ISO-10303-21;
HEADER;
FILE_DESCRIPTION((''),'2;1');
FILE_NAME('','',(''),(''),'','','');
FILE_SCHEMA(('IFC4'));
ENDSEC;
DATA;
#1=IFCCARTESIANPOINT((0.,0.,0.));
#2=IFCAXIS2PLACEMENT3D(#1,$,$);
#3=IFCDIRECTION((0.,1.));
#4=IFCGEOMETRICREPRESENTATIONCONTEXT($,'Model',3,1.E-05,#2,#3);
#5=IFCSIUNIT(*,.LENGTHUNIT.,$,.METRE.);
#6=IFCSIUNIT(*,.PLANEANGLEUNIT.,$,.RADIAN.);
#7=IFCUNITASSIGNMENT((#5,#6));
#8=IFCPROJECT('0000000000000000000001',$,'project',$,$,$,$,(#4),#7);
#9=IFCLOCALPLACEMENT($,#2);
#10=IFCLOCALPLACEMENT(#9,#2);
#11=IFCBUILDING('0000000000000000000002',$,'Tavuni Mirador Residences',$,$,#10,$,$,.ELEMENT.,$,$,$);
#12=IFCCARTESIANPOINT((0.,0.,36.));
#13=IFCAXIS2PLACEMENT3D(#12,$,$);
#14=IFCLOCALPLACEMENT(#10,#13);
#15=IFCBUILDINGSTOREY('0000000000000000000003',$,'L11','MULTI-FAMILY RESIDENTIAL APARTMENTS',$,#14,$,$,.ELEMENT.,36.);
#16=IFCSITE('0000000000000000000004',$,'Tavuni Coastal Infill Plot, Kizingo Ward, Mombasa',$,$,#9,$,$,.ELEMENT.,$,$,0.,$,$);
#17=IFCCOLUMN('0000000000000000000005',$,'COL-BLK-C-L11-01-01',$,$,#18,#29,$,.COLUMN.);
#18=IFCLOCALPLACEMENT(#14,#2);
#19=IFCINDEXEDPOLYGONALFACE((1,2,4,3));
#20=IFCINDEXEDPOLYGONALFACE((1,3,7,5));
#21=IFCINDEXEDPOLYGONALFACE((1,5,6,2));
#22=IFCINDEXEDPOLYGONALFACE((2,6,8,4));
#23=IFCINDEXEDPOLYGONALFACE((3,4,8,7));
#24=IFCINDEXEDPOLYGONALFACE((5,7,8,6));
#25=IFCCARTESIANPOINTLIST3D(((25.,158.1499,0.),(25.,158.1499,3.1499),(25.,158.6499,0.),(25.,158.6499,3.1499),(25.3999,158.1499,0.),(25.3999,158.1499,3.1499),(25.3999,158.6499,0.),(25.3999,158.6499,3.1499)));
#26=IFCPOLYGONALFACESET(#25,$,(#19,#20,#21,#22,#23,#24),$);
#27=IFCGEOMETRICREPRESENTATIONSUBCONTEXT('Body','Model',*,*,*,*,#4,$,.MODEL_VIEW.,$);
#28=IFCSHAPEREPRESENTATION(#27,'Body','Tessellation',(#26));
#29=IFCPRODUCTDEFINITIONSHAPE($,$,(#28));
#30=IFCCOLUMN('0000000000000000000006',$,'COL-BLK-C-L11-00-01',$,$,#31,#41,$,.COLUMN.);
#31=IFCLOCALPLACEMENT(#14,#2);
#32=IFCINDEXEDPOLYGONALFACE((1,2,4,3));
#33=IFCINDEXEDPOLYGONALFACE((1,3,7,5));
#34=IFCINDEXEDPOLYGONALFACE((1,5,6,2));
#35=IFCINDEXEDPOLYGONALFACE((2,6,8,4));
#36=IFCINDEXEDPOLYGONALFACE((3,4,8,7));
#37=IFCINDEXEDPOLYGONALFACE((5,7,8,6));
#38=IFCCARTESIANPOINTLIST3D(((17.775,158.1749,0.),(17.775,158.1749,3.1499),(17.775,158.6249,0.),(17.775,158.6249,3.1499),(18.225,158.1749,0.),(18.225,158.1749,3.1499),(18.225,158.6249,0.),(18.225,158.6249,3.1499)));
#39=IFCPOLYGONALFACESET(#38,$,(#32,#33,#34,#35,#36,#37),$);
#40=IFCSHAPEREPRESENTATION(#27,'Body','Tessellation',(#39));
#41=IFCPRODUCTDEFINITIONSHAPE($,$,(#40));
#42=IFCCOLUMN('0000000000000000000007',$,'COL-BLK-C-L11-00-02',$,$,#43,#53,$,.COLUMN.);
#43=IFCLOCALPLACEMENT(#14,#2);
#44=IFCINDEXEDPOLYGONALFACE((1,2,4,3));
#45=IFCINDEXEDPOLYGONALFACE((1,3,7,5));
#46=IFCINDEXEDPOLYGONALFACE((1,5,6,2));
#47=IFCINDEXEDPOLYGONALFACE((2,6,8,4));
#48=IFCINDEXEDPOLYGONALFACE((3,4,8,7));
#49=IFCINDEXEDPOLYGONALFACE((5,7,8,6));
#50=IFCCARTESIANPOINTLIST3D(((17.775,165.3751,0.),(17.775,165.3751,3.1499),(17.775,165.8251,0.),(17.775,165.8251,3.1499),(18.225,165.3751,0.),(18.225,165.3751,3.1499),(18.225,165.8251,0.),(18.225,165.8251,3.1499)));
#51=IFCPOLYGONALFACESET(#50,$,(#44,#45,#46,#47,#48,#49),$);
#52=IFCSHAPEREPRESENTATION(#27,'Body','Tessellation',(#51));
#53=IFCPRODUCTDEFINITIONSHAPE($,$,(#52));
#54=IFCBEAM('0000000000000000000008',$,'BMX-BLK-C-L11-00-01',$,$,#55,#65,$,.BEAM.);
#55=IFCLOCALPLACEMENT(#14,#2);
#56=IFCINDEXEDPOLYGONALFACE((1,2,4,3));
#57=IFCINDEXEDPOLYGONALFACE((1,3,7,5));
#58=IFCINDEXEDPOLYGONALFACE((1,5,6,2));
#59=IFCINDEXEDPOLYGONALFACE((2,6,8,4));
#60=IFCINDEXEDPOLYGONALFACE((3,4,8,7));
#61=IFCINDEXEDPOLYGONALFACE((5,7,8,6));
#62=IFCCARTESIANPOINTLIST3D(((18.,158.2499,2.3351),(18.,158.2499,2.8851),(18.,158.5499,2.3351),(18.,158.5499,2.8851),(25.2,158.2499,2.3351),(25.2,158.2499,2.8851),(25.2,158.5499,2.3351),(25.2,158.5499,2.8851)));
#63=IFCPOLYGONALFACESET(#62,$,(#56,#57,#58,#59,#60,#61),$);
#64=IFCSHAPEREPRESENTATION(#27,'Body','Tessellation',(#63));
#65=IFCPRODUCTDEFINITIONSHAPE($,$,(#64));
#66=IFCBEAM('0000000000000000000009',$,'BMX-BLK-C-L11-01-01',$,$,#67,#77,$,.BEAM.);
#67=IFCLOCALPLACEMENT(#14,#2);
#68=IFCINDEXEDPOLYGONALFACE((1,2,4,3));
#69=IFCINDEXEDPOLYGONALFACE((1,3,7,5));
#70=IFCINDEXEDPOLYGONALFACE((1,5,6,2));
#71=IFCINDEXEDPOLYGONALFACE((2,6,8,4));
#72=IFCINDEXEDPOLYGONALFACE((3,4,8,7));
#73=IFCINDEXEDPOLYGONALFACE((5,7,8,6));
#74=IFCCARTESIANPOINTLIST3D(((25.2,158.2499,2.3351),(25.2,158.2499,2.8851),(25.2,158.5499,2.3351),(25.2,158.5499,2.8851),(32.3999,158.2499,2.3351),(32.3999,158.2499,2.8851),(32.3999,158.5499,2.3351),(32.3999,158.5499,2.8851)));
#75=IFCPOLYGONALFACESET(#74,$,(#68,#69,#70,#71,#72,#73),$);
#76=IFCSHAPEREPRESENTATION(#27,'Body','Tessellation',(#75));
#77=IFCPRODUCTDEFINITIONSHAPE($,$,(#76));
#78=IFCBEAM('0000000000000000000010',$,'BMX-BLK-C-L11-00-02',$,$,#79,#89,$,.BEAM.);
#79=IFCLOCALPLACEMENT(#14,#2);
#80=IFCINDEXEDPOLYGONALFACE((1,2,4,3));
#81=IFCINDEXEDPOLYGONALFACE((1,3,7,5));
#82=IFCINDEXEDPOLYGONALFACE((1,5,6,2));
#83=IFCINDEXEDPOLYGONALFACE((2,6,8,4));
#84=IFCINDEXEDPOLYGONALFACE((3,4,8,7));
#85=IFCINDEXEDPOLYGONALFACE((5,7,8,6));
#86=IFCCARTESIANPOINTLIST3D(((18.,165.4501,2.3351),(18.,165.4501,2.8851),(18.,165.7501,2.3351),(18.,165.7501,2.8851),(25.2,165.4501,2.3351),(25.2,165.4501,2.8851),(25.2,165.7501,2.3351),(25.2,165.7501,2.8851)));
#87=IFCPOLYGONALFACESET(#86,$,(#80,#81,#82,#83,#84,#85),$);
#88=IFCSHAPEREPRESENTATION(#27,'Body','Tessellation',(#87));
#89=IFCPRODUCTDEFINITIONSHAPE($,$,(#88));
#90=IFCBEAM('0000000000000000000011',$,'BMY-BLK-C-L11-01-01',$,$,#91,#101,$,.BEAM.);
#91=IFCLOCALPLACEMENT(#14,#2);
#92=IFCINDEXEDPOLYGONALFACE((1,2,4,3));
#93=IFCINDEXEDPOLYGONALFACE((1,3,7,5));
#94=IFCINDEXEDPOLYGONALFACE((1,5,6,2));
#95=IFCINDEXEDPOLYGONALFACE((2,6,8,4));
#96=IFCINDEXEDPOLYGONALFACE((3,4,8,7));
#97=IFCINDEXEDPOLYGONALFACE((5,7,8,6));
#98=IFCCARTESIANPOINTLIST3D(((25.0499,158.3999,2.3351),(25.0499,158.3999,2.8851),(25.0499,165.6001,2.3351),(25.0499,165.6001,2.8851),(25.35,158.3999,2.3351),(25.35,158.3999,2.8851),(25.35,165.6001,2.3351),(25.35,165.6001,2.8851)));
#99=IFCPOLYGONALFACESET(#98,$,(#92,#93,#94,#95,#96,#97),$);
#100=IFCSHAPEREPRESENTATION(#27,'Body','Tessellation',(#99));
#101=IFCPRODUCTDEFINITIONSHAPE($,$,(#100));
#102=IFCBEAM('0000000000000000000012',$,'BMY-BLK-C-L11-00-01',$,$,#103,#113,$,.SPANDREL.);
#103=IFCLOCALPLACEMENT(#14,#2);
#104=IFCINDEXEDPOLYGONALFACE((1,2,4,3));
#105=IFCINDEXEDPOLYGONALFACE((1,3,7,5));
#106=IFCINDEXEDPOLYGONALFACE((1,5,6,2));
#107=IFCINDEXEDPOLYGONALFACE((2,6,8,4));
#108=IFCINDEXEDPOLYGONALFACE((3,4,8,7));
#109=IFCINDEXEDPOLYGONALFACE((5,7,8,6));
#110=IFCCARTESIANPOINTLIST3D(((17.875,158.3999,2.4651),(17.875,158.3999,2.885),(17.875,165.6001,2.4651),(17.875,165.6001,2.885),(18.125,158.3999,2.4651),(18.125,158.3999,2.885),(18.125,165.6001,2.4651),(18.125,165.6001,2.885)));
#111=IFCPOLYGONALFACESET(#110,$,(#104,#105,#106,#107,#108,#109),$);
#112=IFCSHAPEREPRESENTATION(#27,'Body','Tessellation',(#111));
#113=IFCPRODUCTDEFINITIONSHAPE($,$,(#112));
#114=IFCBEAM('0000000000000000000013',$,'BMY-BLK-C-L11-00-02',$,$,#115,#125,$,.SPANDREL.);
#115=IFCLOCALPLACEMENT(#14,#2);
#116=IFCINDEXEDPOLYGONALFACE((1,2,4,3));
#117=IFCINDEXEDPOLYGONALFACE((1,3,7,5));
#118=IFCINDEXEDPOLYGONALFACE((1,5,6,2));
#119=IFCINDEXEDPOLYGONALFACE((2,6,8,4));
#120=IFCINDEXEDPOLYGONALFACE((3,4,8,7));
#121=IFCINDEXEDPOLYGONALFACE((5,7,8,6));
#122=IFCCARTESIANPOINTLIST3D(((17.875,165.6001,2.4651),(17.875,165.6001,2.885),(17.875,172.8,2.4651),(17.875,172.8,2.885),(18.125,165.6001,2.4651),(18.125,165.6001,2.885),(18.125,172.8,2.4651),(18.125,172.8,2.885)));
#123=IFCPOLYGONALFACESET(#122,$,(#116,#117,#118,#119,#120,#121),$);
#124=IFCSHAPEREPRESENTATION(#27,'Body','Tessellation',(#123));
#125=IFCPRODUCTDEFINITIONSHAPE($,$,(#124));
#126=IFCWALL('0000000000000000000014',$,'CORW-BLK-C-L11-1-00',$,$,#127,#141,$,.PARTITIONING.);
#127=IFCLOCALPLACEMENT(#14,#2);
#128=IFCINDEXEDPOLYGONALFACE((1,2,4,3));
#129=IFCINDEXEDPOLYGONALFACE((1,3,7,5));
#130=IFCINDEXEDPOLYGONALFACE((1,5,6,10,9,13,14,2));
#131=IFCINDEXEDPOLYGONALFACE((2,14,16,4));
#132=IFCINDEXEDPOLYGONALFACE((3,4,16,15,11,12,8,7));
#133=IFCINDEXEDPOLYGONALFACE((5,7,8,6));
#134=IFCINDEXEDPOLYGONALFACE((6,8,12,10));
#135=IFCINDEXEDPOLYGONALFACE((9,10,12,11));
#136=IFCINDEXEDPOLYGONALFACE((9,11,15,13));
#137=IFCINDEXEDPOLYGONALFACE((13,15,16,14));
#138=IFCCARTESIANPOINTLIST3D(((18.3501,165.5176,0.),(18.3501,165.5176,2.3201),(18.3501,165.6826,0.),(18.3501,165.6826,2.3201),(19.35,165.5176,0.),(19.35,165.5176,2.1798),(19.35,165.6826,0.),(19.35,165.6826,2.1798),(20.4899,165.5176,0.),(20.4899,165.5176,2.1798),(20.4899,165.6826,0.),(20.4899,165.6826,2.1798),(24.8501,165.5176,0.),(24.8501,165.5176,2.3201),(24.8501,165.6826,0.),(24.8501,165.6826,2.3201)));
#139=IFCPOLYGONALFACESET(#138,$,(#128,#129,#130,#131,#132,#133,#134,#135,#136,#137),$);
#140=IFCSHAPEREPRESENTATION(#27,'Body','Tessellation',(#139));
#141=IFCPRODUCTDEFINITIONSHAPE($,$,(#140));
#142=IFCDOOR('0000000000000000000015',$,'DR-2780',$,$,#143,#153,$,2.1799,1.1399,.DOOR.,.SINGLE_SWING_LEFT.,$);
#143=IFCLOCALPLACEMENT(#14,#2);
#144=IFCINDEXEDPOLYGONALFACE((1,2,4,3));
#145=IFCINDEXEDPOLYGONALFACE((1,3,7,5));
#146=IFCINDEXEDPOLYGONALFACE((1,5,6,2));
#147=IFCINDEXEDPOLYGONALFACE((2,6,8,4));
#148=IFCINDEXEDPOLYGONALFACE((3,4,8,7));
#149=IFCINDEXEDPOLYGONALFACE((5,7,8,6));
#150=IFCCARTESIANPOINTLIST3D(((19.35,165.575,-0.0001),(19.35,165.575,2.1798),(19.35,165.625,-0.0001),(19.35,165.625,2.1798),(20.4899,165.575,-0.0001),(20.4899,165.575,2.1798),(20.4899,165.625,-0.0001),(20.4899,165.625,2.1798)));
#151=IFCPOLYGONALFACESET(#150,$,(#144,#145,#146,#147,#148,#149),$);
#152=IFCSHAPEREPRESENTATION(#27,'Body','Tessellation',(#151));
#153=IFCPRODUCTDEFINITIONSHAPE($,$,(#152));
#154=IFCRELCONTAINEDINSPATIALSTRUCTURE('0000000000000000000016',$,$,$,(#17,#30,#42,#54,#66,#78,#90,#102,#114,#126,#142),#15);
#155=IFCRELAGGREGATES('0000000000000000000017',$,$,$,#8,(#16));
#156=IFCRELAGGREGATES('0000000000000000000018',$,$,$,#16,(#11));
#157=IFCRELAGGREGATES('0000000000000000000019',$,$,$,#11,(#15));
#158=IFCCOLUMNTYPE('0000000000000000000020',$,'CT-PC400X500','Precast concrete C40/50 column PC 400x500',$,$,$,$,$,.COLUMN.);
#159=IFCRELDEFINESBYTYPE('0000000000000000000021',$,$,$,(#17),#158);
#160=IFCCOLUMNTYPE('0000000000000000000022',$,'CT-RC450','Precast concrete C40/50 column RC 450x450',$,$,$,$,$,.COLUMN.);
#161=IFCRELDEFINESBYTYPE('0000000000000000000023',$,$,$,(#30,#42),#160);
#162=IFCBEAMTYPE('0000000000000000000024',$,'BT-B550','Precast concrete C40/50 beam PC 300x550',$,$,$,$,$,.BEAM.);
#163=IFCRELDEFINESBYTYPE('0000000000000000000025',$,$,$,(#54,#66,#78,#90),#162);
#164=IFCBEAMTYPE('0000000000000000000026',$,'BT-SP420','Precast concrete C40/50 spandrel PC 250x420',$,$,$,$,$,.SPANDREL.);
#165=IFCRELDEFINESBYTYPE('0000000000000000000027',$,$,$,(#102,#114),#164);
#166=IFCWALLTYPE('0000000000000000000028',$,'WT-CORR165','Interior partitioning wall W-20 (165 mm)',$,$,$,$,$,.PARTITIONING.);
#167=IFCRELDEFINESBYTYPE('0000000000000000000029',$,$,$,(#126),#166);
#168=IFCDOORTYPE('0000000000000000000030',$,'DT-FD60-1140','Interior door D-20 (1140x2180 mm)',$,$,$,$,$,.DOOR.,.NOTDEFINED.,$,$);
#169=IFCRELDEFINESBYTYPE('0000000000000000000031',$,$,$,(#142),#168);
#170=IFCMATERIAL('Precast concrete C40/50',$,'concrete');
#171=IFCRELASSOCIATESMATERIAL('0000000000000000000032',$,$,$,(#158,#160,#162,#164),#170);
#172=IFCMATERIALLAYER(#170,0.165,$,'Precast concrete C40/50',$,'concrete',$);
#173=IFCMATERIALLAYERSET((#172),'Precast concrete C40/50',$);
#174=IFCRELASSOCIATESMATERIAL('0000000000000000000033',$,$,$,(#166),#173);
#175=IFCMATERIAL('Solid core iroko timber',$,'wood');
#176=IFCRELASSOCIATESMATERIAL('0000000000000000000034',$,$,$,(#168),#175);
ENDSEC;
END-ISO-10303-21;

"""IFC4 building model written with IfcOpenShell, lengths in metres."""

from ifc_helpers import new_model, si_unit, direction, frame, frame_2d, origin, origin_2d, place, context, subcontext, project, spatial, rectangle, extrude, material, layer, layer_set, material_profile, profile_set, type_object, element, fill, save


model = new_model("IFC4")

# Units and contexts
model_context = context("Model", 3, precision=1e-05, world=origin(), true_north=direction((0.0, 1.0)))
body_context = subcontext(model_context, "Body", "Model", "MODEL_VIEW")
ifc_project = project(units=[si_unit("LENGTHUNIT", "METRE"), si_unit("PLANEANGLEUNIT", "RADIAN")], contexts=[model_context])

# Site, building, storey
site_placement = place(None, origin())
site = spatial("IfcSite", under=ifc_project, at=site_placement, Name="Tavuni Coastal Infill Plot, Kizingo Ward, Mombasa", CompositionType="ELEMENT", RefElevation=0.0)
building_placement = place(site_placement, origin())
building = spatial("IfcBuilding", under=site, at=building_placement, Name="Tavuni Mirador Residences", CompositionType="ELEMENT")
storey_placement = place(building_placement, frame((0.0, 0.0, 36.0)))
storey = spatial("IfcBuildingStorey", under=building, at=storey_placement, Name="L11", Description="MULTI-FAMILY RESIDENTIAL APARTMENTS", CompositionType="ELEMENT", Elevation=36.0)

# Columns
ifc_material_1 = material(Name="Precast concrete C40/50", Category="concrete")
ifc_material_profile_1 = material_profile(ifc_material_1, rectangle(XDim=0.3999, YDim=0.5, at=origin_2d()), Name="PC 400x500", Category="concrete")
ifc_profile_set_1 = profile_set([ifc_material_profile_1], Name="Precast concrete C40/50")
column_type_1 = type_object("IfcColumnType", Name="CT-PC400X500", Description="Precast concrete C40/50 column PC 400x500", PredefinedType="COLUMN", material=ifc_profile_set_1)
column_placement = place(storey_placement, frame((25.2, 158.3999, 0.0), z_axis=(0.0, 0.0, 1.0), x_axis=(1.0, 0.0, 0.0)))
element("IfcColumn", 1, at=column_placement, inside=storey, type_object=column_type_1, Name="COL-BLK-C-L11-01-01", PredefinedType="COLUMN", context=body_context, shape_type="SweptSolid", body=[
    extrude(rectangle(XDim=0.3999, YDim=0.5, at=origin_2d()), origin(), (0.0, 0.0, 1.0), 3.1499),
])
ifc_material_profile_2 = material_profile(ifc_material_1, rectangle(XDim=0.45, YDim=0.45, at=origin_2d()), Name="RC 450x450", Category="concrete")
ifc_profile_set_2 = profile_set([ifc_material_profile_2], Name="Precast concrete C40/50")
column_type_2 = type_object("IfcColumnType", Name="CT-RC450", Description="Precast concrete C40/50 column RC 450x450", PredefinedType="COLUMN", material=ifc_profile_set_2)
for number, where, z_axis, x_axis, name in (
    (2, (18.0, 158.3999, 0.0), (0.0, 0.0, 1.0), (1.0, 0.0, 0.0), "COL-BLK-C-L11-00-01"),
    (3, (18.0, 165.6001, 0.0), (0.0, 0.0, 1.0), (1.0, 0.0, 0.0), "COL-BLK-C-L11-00-02"),
):
    element("IfcColumn", number, at=place(storey_placement, frame(where, z_axis=z_axis, x_axis=x_axis)), inside=storey, type_object=column_type_2, Name=name, PredefinedType="COLUMN", context=body_context, shape_type="SweptSolid", body=[
        extrude(rectangle(XDim=0.45, YDim=0.45, at=origin_2d()), origin(), (0.0, 0.0, 1.0), 3.1499),
    ])

# Beams
ifc_material_profile_3 = material_profile(ifc_material_1, rectangle(XDim=0.3, YDim=0.55, at=origin_2d()), Name="PC 300x550", Category="concrete")
ifc_profile_set_3 = profile_set([ifc_material_profile_3], Name="Precast concrete C40/50")
beam_type_1 = type_object("IfcBeamType", Name="BT-B550", Description="Precast concrete C40/50 beam PC 300x550", PredefinedType="BEAM", material=ifc_profile_set_3)
for number, where, z_axis, x_axis, name in (
    (4, (18.0, 158.3999, 2.6101), (1.0, 0.0, 0.0), (0.0, 1.0, 0.0), "BMX-BLK-C-L11-00-01"),
    (5, (25.2, 158.3999, 2.6101), (1.0, 0.0, 0.0), (0.0, 1.0, 0.0), "BMX-BLK-C-L11-01-01"),
    (6, (18.0, 165.6001, 2.6101), (1.0, 0.0, 0.0), (0.0, 1.0, 0.0), "BMX-BLK-C-L11-00-02"),
):
    element("IfcBeam", number, at=place(storey_placement, frame(where, z_axis=z_axis, x_axis=x_axis)), inside=storey, type_object=beam_type_1, Name=name, PredefinedType="BEAM", context=body_context, shape_type="SweptSolid", body=[
        extrude(rectangle(XDim=0.3, YDim=0.55, at=origin_2d()), origin(), (0.0, 0.0, 1.0), 7.2),
    ])
beam_1_placement = place(storey_placement, frame((25.2, 158.3999, 2.6101), z_axis=(0.0, 1.0, 0.0), x_axis=(-1.0, 0.0, 0.0)))
element("IfcBeam", 7, at=beam_1_placement, inside=storey, type_object=beam_type_1, Name="BMY-BLK-C-L11-01-01", PredefinedType="BEAM", context=body_context, shape_type="SweptSolid", body=[
    extrude(rectangle(XDim=0.3, YDim=0.55, at=origin_2d()), origin(), (0.0, 0.0, 1.0), 7.2002),
])
ifc_material_profile_4 = material_profile(ifc_material_1, rectangle(XDim=0.25, YDim=0.4199, at=origin_2d()), Name="PC 250x420", Category="concrete")
ifc_profile_set_4 = profile_set([ifc_material_profile_4], Name="Precast concrete C40/50")
beam_type_2 = type_object("IfcBeamType", Name="BT-SP420", Description="Precast concrete C40/50 spandrel PC 250x420", PredefinedType="SPANDREL", material=ifc_profile_set_4)
beam_2_placement = place(storey_placement, frame((18.0, 158.3999, 2.675), z_axis=(0.0, 1.0, 0.0), x_axis=(-1.0, 0.0, 0.0)))
element("IfcBeam", 8, at=beam_2_placement, inside=storey, type_object=beam_type_2, Name="BMY-BLK-C-L11-00-01", PredefinedType="SPANDREL", context=body_context, shape_type="SweptSolid", body=[
    extrude(rectangle(XDim=0.25, YDim=0.4199, at=origin_2d()), origin(), (0.0, 0.0, 1.0), 7.2002),
])
beam_3_placement = place(storey_placement, frame((18.0, 165.6001, 2.675), z_axis=(0.0, 1.0, 0.0), x_axis=(-1.0, 0.0, 0.0)))
element("IfcBeam", 9, at=beam_3_placement, inside=storey, type_object=beam_type_2, Name="BMY-BLK-C-L11-00-02", PredefinedType="SPANDREL", context=body_context, shape_type="SweptSolid", body=[
    extrude(rectangle(XDim=0.25, YDim=0.4199, at=origin_2d()), origin(), (0.0, 0.0, 1.0), 7.2),
])

# Wall, opening, door
ifc_layer_1 = layer(ifc_material_1, 0.165, Name="Precast concrete C40/50", Category="concrete")
ifc_layer_set_1 = layer_set([ifc_layer_1], Name="Precast concrete C40/50")
wall_type_1 = type_object("IfcWallType", Name="WT-CORR165", Description="Interior partitioning wall W-20 (165 mm)", PredefinedType="PARTITIONING", material=ifc_layer_set_1)
ifc_material_2 = material(Name="Solid core iroko timber", Category="wood")
wall_1_placement = place(storey_placement, frame((18.3501, 165.6001, 0.0), z_axis=(0.0, 0.0, 1.0), x_axis=(1.0, 0.0, 0.0)))
wall_1 = element("IfcWall", 10, at=wall_1_placement, inside=storey, type_object=wall_type_1, Name="CORW-BLK-C-L11-1-00", PredefinedType="PARTITIONING", context=body_context, shape_type="SweptSolid", body=[
    extrude(rectangle(XDim=6.5, YDim=0.165, at=frame_2d((3.25, 0.0))), origin(), (0.0, 0.0, 1.0), 2.3201),
])
opening_1_placement = place(wall_1_placement, frame((1.0, 0.0, 0.0)))
opening_1 = element("IfcOpeningElement", 11, at=opening_1_placement, cuts=wall_1, PredefinedType="OPENING", context=body_context, shape_type="SweptSolid", body=[
    extrude(rectangle(XDim=1.1399, YDim=2.1799, at=frame_2d((0.5698, 1.0898))), frame((0.0, 0.0925, 0.0), z_axis=(0.0, -1.0, 0.0), x_axis=(1.0, 0.0, 0.0)), (0.0, 0.0, 1.0), 0.1851),
])
door_type_1 = type_object("IfcDoorType", Name="DT-FD60-1140", Description="Interior door D-20 (1140x2180 mm)", OperationType="NOTDEFINED", PredefinedType="DOOR", material=ifc_material_2)
door_1_placement = place(opening_1_placement, origin())
door_1 = element("IfcDoor", 12, at=door_1_placement, inside=storey, type_object=door_type_1, Name="DR-2780", OperationType="SINGLE_SWING_LEFT", OverallHeight=2.1799, OverallWidth=1.1399, PredefinedType="DOOR", context=body_context, shape_type="SweptSolid", body=[
    extrude(rectangle(XDim=1.1399, YDim=2.1799, at=frame_2d((0.5698, 1.0898))), frame((0.0, 0.0249, 0.0), z_axis=(0.0, -1.0, 0.0), x_axis=(1.0, 0.0, 0.0)), (0.0, 0.0, 1.0), 0.05),
])
fill(opening_1, door_1)

save(model, "model.ifc")
